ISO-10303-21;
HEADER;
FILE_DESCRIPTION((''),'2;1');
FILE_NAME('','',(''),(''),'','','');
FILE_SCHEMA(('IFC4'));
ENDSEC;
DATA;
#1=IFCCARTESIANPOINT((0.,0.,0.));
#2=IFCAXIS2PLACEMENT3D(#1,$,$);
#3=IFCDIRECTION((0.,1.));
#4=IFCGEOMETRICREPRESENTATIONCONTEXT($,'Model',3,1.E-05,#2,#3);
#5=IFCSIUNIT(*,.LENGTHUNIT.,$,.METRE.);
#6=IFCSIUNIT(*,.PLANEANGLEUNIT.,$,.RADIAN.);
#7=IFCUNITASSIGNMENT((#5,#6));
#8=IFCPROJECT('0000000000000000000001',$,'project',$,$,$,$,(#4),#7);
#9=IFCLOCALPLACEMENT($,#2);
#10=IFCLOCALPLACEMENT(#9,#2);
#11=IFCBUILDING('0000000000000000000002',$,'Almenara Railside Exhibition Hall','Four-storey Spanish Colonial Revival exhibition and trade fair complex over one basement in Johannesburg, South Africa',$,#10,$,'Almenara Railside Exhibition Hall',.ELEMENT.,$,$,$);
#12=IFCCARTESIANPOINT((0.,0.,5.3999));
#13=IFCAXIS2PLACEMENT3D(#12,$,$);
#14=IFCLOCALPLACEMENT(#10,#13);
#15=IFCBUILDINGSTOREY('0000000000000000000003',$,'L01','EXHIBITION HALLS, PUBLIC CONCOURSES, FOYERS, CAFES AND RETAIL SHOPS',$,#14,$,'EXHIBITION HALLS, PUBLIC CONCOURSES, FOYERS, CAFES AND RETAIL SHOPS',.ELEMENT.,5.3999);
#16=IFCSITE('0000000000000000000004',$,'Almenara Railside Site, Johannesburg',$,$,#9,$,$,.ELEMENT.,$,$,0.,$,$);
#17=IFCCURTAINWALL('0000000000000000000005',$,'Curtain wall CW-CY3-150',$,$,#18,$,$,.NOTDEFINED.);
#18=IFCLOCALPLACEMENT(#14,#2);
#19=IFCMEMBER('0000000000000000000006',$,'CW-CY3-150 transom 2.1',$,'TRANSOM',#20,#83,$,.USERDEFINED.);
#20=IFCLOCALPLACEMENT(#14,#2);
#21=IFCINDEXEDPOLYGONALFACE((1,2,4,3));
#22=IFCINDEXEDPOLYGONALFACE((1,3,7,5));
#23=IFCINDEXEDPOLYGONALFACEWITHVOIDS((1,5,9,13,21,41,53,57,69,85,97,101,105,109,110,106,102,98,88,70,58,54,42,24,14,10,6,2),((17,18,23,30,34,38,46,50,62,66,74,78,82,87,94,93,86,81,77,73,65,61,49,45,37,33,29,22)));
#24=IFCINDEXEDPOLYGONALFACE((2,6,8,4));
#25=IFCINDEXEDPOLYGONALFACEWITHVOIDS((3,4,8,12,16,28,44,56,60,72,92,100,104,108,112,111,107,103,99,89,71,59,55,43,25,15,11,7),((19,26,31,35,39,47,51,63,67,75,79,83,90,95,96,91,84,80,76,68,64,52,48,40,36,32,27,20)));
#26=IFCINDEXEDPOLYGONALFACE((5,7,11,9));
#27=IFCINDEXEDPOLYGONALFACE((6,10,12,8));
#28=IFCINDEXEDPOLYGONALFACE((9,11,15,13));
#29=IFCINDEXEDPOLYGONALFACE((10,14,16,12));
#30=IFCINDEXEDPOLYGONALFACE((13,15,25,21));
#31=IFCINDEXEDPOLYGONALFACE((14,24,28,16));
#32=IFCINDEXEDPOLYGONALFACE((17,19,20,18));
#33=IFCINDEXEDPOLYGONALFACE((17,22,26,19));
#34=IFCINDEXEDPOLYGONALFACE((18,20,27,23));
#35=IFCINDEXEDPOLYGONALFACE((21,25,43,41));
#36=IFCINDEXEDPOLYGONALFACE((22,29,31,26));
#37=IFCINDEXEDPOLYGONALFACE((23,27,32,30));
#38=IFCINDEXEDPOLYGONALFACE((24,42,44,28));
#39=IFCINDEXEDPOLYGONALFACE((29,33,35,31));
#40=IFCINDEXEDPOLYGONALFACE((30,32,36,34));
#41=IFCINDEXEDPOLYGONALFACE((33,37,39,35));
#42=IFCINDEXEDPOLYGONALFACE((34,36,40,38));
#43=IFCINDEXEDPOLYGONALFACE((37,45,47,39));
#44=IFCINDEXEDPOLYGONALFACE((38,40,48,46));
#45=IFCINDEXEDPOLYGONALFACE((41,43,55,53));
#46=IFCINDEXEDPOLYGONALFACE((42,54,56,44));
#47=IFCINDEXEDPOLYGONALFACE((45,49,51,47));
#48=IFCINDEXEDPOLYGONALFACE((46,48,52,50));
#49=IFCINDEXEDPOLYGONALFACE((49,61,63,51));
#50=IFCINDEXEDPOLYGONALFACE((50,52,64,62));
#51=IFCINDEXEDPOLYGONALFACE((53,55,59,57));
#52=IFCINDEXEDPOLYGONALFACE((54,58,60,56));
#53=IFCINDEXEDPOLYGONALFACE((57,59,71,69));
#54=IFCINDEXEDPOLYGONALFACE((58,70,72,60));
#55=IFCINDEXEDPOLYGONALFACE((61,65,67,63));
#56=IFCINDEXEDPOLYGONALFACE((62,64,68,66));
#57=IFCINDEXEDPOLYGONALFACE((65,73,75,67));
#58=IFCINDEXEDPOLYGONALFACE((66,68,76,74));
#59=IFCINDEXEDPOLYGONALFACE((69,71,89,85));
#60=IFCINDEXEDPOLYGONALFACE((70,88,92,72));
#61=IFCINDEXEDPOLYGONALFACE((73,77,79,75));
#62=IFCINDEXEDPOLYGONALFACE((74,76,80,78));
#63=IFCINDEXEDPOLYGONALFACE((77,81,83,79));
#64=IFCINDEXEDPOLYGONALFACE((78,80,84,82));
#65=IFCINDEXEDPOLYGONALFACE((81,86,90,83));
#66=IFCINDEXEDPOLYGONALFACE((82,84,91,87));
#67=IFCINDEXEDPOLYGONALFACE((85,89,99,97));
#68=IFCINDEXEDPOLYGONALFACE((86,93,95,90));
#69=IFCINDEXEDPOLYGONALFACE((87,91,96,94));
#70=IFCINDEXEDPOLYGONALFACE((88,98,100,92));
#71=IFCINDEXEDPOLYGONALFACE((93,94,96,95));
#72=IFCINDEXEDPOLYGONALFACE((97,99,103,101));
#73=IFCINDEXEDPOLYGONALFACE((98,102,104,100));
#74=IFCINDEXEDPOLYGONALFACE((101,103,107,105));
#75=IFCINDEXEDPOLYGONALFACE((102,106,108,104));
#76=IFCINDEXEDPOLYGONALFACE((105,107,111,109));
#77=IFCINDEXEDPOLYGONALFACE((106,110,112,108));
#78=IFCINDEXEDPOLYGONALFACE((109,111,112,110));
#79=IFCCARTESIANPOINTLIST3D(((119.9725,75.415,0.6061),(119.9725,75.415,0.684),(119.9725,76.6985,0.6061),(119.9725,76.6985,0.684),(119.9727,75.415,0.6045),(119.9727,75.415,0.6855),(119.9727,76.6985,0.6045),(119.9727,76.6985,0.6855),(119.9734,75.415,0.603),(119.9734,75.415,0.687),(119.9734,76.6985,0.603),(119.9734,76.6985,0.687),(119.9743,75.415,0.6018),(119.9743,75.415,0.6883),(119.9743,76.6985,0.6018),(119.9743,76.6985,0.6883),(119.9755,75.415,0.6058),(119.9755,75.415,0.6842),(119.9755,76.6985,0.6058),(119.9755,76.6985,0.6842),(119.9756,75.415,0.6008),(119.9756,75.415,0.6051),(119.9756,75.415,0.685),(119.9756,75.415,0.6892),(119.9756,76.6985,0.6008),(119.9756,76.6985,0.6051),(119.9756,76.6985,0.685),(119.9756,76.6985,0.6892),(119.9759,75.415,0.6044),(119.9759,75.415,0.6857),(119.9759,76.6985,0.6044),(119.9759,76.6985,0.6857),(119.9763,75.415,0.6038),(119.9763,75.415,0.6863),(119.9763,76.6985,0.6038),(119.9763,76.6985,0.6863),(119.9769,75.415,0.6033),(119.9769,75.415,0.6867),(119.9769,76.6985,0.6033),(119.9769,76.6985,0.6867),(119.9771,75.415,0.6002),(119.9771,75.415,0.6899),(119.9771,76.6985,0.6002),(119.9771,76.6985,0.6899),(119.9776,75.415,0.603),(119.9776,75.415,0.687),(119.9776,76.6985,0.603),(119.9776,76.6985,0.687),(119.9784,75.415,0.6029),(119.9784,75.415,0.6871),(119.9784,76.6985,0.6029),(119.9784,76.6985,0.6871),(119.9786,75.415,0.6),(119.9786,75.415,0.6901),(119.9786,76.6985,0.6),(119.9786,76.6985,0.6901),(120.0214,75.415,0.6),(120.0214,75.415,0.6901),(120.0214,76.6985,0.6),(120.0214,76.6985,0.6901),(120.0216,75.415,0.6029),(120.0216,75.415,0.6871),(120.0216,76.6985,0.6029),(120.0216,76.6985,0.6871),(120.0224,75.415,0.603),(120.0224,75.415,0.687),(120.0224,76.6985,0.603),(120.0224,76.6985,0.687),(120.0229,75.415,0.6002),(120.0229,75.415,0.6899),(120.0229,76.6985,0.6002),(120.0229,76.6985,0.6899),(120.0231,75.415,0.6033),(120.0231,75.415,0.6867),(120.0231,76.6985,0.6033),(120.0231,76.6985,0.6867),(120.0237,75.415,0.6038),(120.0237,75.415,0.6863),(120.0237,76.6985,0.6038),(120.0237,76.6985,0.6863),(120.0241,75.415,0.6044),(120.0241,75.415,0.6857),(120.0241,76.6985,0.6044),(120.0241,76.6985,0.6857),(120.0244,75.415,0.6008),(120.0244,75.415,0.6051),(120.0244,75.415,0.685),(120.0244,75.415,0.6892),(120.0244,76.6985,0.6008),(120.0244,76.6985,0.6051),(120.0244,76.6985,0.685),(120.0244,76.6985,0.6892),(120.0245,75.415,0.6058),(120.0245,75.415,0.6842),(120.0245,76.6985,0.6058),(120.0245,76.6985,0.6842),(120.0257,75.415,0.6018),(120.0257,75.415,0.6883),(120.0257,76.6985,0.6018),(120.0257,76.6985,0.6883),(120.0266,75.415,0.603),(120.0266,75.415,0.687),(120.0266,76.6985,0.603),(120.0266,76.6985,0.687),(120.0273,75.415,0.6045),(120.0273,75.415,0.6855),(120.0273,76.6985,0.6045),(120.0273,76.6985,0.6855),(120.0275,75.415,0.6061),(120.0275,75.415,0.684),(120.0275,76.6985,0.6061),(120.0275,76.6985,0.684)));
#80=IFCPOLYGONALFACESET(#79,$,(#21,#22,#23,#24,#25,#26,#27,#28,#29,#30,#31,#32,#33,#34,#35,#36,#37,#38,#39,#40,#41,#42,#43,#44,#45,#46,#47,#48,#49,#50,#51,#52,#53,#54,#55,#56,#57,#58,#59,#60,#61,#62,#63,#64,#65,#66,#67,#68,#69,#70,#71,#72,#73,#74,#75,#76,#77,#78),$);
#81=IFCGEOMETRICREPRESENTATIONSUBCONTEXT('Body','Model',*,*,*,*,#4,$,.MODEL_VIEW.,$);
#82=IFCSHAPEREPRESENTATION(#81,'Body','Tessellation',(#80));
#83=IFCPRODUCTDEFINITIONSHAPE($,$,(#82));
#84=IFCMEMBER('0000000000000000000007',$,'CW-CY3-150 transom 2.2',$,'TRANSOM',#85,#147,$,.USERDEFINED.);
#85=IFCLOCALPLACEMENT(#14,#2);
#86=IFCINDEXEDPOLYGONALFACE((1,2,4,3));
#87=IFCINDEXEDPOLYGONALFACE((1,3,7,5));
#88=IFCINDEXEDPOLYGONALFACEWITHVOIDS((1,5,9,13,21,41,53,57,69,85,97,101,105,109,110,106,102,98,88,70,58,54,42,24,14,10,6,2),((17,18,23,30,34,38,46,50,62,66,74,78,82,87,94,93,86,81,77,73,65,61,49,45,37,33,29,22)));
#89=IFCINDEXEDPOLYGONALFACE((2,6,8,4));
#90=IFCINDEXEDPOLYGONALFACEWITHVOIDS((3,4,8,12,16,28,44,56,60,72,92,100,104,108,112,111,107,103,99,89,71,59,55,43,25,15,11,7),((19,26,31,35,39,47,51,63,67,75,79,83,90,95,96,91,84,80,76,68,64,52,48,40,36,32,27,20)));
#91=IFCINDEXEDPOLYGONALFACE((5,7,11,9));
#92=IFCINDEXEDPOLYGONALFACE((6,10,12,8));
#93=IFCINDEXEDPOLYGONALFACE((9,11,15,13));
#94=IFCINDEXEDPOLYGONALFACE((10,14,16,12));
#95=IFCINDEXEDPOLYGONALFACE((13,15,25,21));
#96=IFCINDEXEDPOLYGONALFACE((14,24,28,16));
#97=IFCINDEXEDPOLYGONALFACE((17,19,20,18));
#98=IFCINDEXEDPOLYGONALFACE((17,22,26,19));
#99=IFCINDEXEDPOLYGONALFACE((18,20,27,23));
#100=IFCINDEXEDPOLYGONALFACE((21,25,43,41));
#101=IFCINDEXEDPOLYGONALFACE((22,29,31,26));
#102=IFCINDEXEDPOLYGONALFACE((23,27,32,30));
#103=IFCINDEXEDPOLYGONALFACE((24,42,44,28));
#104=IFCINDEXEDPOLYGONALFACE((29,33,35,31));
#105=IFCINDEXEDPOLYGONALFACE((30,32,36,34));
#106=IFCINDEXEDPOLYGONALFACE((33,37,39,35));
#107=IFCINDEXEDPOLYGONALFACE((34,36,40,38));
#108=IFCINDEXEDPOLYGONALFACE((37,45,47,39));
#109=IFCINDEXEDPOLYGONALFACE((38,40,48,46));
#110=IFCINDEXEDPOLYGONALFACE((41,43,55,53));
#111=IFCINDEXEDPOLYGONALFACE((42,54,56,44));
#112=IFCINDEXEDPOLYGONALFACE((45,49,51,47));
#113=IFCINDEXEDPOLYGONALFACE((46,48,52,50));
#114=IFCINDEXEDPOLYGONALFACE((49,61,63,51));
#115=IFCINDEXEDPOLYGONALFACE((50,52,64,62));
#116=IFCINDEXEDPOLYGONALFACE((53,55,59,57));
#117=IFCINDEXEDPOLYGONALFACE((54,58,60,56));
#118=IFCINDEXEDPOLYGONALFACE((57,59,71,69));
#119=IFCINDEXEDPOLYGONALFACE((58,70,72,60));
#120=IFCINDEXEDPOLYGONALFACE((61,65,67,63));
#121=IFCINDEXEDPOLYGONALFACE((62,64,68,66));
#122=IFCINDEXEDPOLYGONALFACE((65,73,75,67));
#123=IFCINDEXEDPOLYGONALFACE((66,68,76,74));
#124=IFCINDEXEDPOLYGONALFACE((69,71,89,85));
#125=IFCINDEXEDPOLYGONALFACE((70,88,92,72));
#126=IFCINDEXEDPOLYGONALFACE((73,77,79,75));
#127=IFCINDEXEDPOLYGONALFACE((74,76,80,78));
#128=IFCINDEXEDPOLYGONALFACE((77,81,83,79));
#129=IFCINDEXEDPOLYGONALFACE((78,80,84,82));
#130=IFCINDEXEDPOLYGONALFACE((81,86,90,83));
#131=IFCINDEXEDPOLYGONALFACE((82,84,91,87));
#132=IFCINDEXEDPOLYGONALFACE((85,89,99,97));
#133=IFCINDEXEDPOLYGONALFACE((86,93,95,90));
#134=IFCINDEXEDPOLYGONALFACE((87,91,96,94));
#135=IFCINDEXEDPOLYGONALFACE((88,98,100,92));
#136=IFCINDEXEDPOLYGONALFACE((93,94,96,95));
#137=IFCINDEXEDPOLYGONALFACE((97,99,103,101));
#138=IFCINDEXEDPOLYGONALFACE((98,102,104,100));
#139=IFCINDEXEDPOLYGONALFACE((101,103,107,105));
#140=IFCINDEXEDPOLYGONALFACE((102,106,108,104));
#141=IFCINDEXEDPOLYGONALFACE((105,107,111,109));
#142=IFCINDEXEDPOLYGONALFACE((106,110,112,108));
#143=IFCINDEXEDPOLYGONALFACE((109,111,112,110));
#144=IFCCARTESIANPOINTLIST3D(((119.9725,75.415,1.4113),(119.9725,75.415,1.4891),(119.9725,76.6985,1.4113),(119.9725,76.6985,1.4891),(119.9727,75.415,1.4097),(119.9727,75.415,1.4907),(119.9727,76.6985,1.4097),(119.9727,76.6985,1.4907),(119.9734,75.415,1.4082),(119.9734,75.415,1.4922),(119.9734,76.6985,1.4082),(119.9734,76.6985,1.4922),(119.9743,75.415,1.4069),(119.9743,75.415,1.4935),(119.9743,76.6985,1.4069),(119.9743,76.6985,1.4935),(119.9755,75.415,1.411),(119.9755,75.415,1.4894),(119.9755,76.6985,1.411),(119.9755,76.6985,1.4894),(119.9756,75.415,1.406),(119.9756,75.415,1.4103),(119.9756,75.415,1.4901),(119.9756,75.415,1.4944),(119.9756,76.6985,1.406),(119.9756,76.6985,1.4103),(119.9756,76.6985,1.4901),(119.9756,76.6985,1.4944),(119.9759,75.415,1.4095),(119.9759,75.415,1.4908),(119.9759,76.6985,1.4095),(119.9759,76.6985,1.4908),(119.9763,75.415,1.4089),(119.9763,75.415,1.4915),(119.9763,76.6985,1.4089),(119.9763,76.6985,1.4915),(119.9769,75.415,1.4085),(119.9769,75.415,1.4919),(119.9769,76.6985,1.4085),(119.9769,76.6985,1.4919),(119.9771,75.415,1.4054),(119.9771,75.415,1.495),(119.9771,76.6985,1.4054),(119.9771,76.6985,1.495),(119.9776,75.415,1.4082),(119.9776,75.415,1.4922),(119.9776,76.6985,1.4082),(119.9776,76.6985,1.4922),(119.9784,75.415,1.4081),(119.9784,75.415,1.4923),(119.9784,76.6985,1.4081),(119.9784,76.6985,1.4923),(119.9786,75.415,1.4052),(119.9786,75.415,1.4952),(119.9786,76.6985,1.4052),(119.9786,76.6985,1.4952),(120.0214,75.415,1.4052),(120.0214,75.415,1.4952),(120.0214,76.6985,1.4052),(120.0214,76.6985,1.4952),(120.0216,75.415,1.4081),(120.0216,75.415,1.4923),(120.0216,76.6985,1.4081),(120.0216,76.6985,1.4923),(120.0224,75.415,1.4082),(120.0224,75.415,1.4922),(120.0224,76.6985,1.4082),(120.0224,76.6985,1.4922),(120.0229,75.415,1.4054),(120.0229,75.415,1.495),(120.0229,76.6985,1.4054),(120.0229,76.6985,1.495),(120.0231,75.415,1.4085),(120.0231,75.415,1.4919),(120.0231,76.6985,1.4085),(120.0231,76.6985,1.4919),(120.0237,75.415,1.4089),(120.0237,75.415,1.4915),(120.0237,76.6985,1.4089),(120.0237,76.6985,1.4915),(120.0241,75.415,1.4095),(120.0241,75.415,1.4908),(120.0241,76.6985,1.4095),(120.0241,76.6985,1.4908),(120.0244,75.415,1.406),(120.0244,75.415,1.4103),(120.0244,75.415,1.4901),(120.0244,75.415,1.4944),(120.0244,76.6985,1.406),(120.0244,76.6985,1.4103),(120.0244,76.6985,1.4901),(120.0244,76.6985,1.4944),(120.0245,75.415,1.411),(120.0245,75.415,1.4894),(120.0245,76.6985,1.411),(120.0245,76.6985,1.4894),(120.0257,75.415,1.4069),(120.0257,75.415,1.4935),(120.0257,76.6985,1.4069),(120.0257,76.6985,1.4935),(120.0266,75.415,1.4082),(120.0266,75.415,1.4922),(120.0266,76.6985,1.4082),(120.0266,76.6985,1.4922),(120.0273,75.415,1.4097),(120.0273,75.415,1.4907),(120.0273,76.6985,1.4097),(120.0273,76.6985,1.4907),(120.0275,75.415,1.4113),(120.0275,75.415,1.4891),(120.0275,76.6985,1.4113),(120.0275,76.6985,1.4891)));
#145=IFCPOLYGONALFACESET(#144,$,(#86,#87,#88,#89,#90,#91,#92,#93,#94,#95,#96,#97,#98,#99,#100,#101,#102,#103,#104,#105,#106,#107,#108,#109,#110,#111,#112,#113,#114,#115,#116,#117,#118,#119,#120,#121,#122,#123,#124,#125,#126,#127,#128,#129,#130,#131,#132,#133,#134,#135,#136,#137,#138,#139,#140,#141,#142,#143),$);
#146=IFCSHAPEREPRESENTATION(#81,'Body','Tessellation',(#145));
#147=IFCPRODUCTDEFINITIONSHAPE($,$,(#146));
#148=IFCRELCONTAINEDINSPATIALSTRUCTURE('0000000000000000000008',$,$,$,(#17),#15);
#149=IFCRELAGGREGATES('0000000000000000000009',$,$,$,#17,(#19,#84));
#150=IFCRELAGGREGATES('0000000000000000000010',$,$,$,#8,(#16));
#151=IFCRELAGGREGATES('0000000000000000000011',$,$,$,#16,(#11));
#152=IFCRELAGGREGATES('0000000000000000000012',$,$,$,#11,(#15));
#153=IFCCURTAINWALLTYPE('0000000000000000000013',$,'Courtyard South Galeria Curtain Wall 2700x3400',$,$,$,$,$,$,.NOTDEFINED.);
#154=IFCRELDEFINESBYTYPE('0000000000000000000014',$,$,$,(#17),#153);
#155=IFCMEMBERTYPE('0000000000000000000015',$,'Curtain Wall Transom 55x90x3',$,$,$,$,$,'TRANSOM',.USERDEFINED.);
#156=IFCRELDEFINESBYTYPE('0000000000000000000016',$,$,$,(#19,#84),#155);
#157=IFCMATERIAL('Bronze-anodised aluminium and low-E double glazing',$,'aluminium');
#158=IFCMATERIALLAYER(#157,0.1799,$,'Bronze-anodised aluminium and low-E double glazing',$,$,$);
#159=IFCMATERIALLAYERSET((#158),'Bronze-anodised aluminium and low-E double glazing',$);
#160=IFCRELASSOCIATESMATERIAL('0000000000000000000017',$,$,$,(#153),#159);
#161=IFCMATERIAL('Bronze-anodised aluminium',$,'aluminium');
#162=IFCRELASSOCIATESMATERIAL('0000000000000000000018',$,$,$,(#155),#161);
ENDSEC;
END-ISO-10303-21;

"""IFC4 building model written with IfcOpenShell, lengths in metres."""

from ifc_helpers import new_model, si_unit, direction, frame, origin, origin_2d, place, context, subcontext, project, spatial, hollow_rectangle, extrude, material, layer, layer_set, material_profile, profile_set, type_object, element, aggregate, save


model = new_model("IFC4")

# Units and contexts
model_context = context("Model", 3, precision=1e-05, world=origin(), true_north=direction((0.0, 1.0)))
body_context = subcontext(model_context, "Body", "Model", "MODEL_VIEW")
ifc_project = project(units=[si_unit("LENGTHUNIT", "METRE"), si_unit("PLANEANGLEUNIT", "RADIAN")], contexts=[model_context])

# Site, building, storey
site_placement = place(None, origin())
site = spatial("IfcSite", under=ifc_project, at=site_placement, Name="Almenara Railside Site, Johannesburg", CompositionType="ELEMENT", RefElevation=0.0)
building_placement = place(site_placement, origin())
building = spatial("IfcBuilding", under=site, at=building_placement, Name="Almenara Railside Exhibition Hall", Description="Four-storey Spanish Colonial Revival exhibition and trade fair complex over one basement in Johannesburg, South Africa", LongName="Almenara Railside Exhibition Hall", CompositionType="ELEMENT")
storey_placement = place(building_placement, frame((0.0, 0.0, 5.3999)))
storey = spatial("IfcBuildingStorey", under=building, at=storey_placement, Name="L01", Description="EXHIBITION HALLS, PUBLIC CONCOURSES, FOYERS, CAFES AND RETAIL SHOPS", LongName="EXHIBITION HALLS, PUBLIC CONCOURSES, FOYERS, CAFES AND RETAIL SHOPS", CompositionType="ELEMENT", Elevation=5.3999)

# Curtain wall
ifc_material_1 = material(Name="Bronze-anodised aluminium and low-E double glazing", Category="aluminium")
ifc_layer_1 = layer(ifc_material_1, 0.1799, Name="Bronze-anodised aluminium and low-E double glazing")
ifc_layer_set_1 = layer_set([ifc_layer_1], Name="Bronze-anodised aluminium and low-E double glazing")
curtain_wall_type = type_object("IfcCurtainWallType", Name="Courtyard South Galeria Curtain Wall 2700x3400", PredefinedType="NOTDEFINED", material=ifc_layer_set_1)
curtain_wall_1_placement = place(storey_placement, origin())
curtain_wall_1 = element("IfcCurtainWall", 1, at=curtain_wall_1_placement, inside=storey, type_object=curtain_wall_type, Name="Curtain wall CW-CY3-150", PredefinedType="NOTDEFINED")
ifc_material_2 = material(Name="Bronze-anodised aluminium", Category="aluminium")

# Members
ifc_material_profile_1 = material_profile(ifc_material_2, hollow_rectangle(XDim=0.0549, YDim=0.0901, WallThickness=0.0029, InnerFilletRadius=0.0029, OuterFilletRadius=0.0061, at=origin_2d()), Name="ALU-TRN 55x90x3")
ifc_profile_set_1 = profile_set([ifc_material_profile_1], Name="Bronze-anodised aluminium")
member_type_1 = type_object("IfcMemberType", Name="Curtain Wall Transom 55x90x3", ElementType="TRANSOM", PredefinedType="USERDEFINED", material=ifc_profile_set_1)
member_1_placement = place(storey_placement, frame((120.0, 75.415, 0.645), z_axis=(0.0, 1.0, 0.0), x_axis=(-1.0, 0.0, 0.0)))
member_1 = element("IfcMember", 2, at=member_1_placement, type_object=member_type_1, Name="CW-CY3-150 transom 2.1", ObjectType="TRANSOM", PredefinedType="USERDEFINED", context=body_context, shape_type="SweptSolid", body=[
    extrude(hollow_rectangle(XDim=0.0549, YDim=0.0901, WallThickness=0.0029, InnerFilletRadius=0.0029, OuterFilletRadius=0.0061, at=origin_2d()), origin(), (0.0, 0.0, 1.0), 1.2834),
])
member_2_placement = place(storey_placement, frame((120.0, 75.415, 1.4502), z_axis=(0.0, 1.0, 0.0), x_axis=(-1.0, 0.0, 0.0)))
member_2 = element("IfcMember", 3, at=member_2_placement, type_object=member_type_1, Name="CW-CY3-150 transom 2.2", ObjectType="TRANSOM", PredefinedType="USERDEFINED", context=body_context, shape_type="SweptSolid", body=[
    extrude(hollow_rectangle(XDim=0.0549, YDim=0.0901, WallThickness=0.0029, InnerFilletRadius=0.0029, OuterFilletRadius=0.0061, at=origin_2d()), origin(), (0.0, 0.0, 1.0), 1.2834),
])

aggregate(curtain_wall_1, [member_1, member_2])

save(model, "model.ifc")
